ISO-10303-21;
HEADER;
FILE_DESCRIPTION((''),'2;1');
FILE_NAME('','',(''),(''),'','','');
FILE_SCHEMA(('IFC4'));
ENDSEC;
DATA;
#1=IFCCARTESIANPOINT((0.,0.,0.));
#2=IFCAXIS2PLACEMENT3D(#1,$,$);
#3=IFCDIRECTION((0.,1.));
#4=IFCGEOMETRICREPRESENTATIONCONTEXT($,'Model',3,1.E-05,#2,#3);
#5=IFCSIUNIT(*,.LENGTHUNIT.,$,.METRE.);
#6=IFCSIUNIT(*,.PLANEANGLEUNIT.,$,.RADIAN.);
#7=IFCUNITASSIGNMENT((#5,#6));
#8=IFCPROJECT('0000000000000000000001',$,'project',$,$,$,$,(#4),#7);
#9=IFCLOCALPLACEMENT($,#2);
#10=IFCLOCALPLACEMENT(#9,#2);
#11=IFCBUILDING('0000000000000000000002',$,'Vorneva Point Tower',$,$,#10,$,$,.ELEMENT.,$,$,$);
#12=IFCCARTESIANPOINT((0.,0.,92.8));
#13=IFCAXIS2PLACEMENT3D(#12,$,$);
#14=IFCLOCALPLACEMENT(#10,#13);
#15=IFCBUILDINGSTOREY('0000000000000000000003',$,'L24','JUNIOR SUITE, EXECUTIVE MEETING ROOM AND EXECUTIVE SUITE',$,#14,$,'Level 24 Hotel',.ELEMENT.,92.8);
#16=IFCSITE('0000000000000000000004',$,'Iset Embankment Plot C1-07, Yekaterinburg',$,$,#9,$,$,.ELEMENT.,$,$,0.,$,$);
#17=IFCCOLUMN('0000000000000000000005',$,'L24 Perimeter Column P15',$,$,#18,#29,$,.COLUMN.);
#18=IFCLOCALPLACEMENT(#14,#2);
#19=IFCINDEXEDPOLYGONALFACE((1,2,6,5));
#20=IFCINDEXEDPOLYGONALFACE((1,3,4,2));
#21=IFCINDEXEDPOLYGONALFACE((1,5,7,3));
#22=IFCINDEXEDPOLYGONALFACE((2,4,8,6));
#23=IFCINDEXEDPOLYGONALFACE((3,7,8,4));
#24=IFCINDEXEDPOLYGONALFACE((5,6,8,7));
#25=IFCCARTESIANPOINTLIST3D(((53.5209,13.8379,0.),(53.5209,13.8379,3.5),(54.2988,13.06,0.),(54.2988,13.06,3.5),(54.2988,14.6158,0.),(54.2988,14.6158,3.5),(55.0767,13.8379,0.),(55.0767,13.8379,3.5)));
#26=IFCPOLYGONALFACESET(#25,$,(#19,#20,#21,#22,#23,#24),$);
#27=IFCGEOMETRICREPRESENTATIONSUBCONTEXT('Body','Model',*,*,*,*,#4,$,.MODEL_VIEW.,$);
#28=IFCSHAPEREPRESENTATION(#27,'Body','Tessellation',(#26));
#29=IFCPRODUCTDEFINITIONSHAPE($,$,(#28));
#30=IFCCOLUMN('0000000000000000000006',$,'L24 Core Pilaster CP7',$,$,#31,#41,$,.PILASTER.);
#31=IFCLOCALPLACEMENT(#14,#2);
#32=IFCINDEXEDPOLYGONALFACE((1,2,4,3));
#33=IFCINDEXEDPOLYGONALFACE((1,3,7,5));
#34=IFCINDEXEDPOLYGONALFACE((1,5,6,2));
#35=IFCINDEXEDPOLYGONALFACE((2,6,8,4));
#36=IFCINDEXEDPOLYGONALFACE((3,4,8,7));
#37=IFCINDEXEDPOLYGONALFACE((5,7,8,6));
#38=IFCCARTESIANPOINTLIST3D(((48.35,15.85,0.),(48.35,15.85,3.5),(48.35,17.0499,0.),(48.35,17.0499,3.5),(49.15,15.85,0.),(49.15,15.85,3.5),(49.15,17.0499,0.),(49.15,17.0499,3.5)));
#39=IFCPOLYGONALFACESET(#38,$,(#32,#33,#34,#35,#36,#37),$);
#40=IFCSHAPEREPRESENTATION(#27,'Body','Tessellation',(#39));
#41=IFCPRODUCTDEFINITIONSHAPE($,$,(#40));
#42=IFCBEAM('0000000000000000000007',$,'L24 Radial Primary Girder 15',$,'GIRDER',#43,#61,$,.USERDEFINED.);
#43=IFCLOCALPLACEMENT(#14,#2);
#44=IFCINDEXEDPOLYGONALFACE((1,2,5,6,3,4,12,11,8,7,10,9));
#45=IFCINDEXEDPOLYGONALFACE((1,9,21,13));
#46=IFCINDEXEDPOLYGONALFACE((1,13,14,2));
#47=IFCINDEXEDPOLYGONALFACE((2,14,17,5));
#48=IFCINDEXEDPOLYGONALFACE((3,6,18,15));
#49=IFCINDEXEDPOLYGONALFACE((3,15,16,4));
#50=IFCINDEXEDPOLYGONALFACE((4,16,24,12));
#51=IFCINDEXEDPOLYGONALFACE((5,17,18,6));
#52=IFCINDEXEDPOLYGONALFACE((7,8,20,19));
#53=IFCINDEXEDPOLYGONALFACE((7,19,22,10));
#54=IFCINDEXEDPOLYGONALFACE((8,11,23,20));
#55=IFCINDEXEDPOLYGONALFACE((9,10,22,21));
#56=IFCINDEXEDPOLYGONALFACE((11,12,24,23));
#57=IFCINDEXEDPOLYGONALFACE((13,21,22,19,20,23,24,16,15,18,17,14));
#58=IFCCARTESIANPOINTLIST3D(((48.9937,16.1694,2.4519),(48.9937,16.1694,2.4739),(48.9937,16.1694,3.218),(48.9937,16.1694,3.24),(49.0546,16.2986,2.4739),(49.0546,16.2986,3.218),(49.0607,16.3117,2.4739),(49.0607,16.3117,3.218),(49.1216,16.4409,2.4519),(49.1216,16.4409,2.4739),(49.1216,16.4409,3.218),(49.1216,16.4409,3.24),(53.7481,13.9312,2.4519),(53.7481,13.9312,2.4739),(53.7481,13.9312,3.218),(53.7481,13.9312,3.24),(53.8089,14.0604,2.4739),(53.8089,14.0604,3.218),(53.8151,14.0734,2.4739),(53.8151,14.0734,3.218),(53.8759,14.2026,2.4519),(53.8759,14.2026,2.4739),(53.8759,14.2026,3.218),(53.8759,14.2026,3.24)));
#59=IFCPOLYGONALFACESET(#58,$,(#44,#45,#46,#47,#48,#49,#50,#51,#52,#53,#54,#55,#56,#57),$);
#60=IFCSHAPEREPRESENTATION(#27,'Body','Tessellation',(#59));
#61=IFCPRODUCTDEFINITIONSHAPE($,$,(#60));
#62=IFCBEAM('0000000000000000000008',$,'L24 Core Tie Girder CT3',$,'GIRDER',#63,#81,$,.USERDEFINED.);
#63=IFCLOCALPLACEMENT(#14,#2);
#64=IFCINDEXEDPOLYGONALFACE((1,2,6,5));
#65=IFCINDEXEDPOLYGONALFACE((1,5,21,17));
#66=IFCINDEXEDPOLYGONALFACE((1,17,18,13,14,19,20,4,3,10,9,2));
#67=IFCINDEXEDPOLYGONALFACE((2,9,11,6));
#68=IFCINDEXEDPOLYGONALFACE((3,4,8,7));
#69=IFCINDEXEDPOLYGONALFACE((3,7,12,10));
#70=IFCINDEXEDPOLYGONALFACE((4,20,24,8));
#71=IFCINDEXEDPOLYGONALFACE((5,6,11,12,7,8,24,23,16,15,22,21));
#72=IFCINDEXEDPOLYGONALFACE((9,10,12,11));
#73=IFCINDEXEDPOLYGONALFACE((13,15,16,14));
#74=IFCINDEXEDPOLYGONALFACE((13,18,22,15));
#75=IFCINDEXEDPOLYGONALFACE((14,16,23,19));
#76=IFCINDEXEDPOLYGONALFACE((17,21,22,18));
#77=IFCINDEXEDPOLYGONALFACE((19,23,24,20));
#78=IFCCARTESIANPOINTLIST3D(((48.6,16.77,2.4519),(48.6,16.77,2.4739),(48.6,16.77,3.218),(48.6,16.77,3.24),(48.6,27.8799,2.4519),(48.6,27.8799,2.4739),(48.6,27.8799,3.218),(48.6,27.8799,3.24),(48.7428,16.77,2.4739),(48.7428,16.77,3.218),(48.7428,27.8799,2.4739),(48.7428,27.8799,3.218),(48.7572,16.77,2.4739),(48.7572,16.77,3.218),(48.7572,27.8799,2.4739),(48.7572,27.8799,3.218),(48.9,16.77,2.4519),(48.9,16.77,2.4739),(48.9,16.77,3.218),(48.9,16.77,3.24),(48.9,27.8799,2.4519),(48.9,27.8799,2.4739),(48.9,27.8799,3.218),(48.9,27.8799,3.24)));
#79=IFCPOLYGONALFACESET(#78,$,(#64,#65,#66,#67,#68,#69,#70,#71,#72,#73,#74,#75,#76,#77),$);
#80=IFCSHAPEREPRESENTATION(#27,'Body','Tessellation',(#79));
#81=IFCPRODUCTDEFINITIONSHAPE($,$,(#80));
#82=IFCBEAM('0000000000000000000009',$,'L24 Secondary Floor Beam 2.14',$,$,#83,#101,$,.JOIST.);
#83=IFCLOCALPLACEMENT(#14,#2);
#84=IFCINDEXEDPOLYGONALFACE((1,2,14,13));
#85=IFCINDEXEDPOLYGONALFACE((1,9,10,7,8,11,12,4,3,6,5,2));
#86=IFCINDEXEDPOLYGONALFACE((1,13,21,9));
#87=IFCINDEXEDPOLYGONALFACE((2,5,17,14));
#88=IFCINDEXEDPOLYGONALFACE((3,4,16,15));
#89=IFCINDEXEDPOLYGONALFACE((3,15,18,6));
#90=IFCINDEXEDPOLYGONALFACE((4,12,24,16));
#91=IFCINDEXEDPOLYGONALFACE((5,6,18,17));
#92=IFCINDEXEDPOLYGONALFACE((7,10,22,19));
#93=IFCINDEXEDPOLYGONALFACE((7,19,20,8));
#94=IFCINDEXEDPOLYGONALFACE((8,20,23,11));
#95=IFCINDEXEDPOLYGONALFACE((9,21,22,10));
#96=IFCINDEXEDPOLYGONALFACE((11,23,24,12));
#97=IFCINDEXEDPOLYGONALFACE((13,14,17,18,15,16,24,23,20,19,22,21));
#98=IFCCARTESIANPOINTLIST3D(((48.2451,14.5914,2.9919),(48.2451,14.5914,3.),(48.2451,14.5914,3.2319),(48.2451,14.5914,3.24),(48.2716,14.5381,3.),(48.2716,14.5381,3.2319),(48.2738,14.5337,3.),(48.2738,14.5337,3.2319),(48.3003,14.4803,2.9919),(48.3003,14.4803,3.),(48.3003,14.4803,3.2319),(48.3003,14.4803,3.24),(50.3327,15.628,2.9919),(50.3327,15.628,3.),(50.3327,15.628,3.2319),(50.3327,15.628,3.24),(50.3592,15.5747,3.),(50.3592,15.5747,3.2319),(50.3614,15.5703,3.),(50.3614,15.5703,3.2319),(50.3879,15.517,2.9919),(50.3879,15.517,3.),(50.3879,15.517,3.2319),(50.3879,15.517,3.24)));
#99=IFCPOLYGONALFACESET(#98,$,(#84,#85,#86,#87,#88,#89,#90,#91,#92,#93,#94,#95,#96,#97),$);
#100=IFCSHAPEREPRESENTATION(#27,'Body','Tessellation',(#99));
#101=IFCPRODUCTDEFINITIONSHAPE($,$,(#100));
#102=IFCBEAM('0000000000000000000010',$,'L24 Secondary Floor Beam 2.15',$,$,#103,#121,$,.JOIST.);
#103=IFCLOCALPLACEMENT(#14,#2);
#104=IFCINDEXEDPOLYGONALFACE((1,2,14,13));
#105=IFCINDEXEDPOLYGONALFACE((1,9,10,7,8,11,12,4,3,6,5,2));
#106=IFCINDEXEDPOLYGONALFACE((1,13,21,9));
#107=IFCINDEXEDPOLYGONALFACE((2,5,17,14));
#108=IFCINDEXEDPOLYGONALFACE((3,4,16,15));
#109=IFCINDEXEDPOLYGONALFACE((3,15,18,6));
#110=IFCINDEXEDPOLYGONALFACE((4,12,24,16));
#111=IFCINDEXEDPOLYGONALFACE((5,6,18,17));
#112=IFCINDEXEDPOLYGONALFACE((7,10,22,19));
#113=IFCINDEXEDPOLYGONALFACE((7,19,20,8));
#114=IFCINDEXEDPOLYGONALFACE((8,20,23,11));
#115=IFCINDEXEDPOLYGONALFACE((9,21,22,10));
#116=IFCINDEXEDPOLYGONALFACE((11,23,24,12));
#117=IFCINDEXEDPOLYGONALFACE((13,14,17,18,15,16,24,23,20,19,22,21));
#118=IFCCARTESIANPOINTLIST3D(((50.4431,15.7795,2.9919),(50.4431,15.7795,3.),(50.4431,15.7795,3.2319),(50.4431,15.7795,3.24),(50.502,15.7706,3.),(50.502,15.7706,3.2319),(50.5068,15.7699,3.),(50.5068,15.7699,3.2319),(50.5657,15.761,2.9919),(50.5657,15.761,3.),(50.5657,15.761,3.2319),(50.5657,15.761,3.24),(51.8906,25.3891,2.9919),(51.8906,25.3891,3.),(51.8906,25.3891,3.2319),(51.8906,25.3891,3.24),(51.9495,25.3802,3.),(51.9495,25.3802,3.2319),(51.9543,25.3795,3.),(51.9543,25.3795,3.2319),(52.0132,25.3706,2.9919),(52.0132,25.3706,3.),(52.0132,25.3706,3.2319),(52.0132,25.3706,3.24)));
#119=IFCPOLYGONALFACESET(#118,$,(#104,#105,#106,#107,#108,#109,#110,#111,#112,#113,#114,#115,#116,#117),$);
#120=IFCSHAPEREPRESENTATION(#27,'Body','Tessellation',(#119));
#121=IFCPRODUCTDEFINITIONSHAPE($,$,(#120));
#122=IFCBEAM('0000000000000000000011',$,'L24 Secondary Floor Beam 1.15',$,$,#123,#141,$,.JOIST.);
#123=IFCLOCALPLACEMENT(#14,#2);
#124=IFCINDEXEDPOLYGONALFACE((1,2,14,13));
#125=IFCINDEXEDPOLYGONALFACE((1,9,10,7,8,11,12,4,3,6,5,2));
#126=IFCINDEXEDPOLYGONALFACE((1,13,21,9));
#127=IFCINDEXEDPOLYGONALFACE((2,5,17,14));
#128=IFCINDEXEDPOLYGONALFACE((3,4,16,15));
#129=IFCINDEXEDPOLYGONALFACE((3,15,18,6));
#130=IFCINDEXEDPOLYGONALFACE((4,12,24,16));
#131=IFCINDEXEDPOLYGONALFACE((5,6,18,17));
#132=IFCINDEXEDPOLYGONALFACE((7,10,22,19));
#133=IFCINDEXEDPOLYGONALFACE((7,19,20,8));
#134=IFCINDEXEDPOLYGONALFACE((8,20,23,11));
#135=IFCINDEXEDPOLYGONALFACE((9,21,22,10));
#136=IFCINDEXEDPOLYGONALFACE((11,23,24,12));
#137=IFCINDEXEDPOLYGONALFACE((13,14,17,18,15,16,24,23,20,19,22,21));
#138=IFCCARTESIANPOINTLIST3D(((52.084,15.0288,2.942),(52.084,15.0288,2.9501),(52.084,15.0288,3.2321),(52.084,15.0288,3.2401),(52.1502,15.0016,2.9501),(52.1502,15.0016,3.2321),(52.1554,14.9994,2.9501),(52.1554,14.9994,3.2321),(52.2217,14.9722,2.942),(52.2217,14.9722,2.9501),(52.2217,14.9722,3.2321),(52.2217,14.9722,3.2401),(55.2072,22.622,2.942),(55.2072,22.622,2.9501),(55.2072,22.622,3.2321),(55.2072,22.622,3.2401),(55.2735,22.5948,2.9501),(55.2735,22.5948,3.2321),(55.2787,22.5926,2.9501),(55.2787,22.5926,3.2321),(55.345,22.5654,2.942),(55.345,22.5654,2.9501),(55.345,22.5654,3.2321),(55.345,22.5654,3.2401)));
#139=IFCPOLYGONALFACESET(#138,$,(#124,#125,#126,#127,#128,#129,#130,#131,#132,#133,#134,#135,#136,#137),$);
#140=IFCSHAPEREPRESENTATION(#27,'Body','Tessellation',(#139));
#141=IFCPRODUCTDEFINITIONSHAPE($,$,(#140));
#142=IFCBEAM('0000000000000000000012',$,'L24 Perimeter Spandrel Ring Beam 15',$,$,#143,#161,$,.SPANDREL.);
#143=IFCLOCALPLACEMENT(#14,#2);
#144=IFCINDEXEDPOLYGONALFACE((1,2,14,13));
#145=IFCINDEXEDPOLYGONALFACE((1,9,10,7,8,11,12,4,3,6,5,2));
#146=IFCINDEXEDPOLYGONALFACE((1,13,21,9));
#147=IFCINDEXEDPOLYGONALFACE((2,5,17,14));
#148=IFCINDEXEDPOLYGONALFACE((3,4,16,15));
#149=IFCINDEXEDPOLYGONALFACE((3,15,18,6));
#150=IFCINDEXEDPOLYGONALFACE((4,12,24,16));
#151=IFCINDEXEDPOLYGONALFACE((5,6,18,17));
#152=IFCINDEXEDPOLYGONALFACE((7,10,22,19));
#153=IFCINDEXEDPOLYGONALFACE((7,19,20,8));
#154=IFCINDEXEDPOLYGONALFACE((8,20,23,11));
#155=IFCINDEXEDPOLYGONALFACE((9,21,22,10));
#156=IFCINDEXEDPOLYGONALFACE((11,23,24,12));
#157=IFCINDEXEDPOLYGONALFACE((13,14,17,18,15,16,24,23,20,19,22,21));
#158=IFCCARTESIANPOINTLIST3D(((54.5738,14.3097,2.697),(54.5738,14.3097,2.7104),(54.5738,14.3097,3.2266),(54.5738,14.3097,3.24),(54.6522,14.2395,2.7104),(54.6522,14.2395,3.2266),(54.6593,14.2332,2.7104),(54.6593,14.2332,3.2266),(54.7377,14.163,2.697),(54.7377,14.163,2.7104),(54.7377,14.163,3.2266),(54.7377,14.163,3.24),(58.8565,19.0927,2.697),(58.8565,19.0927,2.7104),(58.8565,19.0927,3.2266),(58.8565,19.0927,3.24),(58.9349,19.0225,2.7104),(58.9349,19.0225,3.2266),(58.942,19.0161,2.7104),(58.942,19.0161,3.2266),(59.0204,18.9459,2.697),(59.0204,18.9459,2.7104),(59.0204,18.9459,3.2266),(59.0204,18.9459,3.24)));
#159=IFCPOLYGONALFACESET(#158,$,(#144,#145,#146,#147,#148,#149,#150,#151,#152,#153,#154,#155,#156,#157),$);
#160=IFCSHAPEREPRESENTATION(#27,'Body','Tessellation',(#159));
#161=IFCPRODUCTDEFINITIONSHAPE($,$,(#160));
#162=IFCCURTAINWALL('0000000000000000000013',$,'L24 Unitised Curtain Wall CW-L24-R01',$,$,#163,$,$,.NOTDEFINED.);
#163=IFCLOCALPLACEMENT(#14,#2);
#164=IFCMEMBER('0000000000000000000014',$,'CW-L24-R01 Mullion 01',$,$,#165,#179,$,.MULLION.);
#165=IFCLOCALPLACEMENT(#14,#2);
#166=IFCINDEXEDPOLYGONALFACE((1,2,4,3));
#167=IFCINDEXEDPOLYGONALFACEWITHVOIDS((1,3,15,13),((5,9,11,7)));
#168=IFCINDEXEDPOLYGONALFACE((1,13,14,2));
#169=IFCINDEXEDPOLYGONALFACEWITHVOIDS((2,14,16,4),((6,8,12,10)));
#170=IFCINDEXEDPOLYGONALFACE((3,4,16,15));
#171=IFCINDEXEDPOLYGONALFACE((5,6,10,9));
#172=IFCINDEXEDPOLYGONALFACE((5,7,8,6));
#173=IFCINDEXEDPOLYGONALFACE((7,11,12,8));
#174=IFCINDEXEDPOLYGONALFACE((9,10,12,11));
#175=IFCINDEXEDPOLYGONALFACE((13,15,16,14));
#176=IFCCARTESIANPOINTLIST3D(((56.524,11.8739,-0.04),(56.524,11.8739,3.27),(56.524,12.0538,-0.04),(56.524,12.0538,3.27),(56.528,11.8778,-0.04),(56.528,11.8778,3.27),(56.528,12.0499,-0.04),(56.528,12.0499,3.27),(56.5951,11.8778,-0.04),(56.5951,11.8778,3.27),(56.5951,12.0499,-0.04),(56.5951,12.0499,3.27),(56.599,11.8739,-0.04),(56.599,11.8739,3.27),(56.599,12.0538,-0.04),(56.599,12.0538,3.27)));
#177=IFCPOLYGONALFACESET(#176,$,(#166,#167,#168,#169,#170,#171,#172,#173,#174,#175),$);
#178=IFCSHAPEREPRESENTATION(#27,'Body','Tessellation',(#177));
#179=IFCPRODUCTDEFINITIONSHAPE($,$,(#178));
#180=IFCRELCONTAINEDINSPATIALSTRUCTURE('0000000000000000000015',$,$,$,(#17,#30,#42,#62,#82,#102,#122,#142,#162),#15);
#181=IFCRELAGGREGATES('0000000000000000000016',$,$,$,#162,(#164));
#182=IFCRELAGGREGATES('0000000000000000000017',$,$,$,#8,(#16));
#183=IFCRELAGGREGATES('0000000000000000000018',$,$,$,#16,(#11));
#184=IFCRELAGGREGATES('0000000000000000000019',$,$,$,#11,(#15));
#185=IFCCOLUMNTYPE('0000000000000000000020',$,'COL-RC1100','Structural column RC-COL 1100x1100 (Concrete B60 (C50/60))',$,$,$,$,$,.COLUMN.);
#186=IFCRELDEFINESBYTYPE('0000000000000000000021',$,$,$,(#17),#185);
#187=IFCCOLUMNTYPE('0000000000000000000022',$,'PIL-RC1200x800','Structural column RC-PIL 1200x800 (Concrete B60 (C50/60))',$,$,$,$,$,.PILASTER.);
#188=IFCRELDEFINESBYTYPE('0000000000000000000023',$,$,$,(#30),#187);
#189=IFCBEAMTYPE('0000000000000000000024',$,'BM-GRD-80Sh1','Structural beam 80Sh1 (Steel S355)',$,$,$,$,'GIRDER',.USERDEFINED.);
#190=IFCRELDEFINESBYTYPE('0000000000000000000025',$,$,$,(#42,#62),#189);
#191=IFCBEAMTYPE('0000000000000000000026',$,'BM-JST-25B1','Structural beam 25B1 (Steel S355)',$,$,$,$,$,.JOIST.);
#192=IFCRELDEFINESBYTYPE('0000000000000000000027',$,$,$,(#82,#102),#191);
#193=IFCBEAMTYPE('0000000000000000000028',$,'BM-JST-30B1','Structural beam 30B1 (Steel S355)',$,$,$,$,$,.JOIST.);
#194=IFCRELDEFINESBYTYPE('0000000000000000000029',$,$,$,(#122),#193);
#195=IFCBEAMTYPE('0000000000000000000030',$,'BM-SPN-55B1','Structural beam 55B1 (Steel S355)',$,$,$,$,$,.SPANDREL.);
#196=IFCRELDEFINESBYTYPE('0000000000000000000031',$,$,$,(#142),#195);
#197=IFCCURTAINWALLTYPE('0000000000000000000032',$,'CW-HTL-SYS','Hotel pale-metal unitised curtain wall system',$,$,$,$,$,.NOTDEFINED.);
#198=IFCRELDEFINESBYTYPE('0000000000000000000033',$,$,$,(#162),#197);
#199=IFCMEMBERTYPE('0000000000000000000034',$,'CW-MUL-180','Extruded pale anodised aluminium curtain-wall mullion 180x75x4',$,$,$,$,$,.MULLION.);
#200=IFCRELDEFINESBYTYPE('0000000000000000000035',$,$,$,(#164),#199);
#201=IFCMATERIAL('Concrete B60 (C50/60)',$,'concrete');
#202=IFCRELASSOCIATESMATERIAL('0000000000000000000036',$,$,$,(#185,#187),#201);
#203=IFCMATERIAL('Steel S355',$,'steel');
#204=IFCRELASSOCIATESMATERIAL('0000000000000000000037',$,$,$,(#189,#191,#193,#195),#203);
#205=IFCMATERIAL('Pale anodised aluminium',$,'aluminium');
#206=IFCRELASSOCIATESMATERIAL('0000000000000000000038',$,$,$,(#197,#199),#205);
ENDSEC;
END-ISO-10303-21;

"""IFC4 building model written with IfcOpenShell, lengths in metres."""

from ifc_helpers import new_model, si_unit, direction, frame, origin, origin_2d, place, context, subcontext, project, spatial, rectangle, hollow_rectangle, i_section, extrude, material, material_profile, profile_set, type_object, element, aggregate, save


model = new_model("IFC4")

# Units and contexts
model_context = context("Model", 3, precision=1e-05, world=origin(), true_north=direction((0.0, 1.0)))
body_context = subcontext(model_context, "Body", "Model", "MODEL_VIEW")
ifc_project = project(units=[si_unit("LENGTHUNIT", "METRE"), si_unit("PLANEANGLEUNIT", "RADIAN")], contexts=[model_context])

# Site, building, storey
site_placement = place(None, origin())
site = spatial("IfcSite", under=ifc_project, at=site_placement, Name="Iset Embankment Plot C1-07, Yekaterinburg", CompositionType="ELEMENT", RefElevation=0.0)
building_placement = place(site_placement, origin())
building = spatial("IfcBuilding", under=site, at=building_placement, Name="Vorneva Point Tower", CompositionType="ELEMENT")
storey_placement = place(building_placement, frame((0.0, 0.0, 92.8)))
storey = spatial("IfcBuildingStorey", under=building, at=storey_placement, Name="L24", Description="JUNIOR SUITE, EXECUTIVE MEETING ROOM AND EXECUTIVE SUITE", LongName="Level 24 Hotel", CompositionType="ELEMENT", Elevation=92.8)

# Columns
ifc_material_1 = material(Name="Concrete B60 (C50/60)", Category="concrete")
ifc_material_profile_1 = material_profile(ifc_material_1, rectangle(XDim=1.1001, YDim=1.1001, at=origin_2d()), Name="RC-COL 1100x1100")
ifc_profile_set_1 = profile_set([ifc_material_profile_1], Name="Concrete B60 (C50/60)")
column_type_1 = type_object("IfcColumnType", Name="COL-RC1100", Description="Structural column RC-COL 1100x1100 (Concrete B60 (C50/60))", PredefinedType="COLUMN", material=ifc_profile_set_1)
column_1_placement = place(storey_placement, frame((54.2988, 13.8379, 0.0), z_axis=(0.0, 0.0, 1.0), x_axis=(0.707107, -0.707107, 0.0)))
element("IfcColumn", 1, at=column_1_placement, inside=storey, type_object=column_type_1, Name="L24 Perimeter Column P15", PredefinedType="COLUMN", context=body_context, shape_type="SweptSolid", body=[
    extrude(rectangle(XDim=1.1001, YDim=1.1001, at=origin_2d()), origin(), (0.0, 0.0, 1.0), 3.5),
])
ifc_material_profile_2 = material_profile(ifc_material_1, rectangle(XDim=0.8, YDim=1.2, at=origin_2d()), Name="RC-PIL 1200x800")
ifc_profile_set_2 = profile_set([ifc_material_profile_2], Name="Concrete B60 (C50/60)")
column_type_2 = type_object("IfcColumnType", Name="PIL-RC1200x800", Description="Structural column RC-PIL 1200x800 (Concrete B60 (C50/60))", PredefinedType="PILASTER", material=ifc_profile_set_2)
column_2_placement = place(storey_placement, frame((48.75, 16.45, 0.0), z_axis=(0.0, 0.0, 1.0), x_axis=(1.0, 0.0, 0.0)))
element("IfcColumn", 2, at=column_2_placement, inside=storey, type_object=column_type_2, Name="L24 Core Pilaster CP7", PredefinedType="PILASTER", context=body_context, shape_type="SweptSolid", body=[
    extrude(rectangle(XDim=0.8, YDim=1.2, at=origin_2d()), origin(), (0.0, 0.0, 1.0), 3.5),
])

# Beams
ifc_material_2 = material(Name="Steel S355", Category="steel")
ifc_material_profile_3 = material_profile(ifc_material_2, i_section(OverallWidth=0.3, OverallDepth=0.7881, WebThickness=0.0144, FlangeThickness=0.022, at=origin_2d()), Name="80Sh1")
ifc_profile_set_3 = profile_set([ifc_material_profile_3], Name="Steel S355")
beam_type_1 = type_object("IfcBeamType", Name="BM-GRD-80Sh1", Description="Structural beam 80Sh1 (Steel S355)", ElementType="GIRDER", PredefinedType="USERDEFINED", material=ifc_profile_set_3)
beam_1_placement = place(storey_placement, frame((53.812, 14.0669, 2.8459), z_axis=(-0.904751, 0.42594, 0.0), x_axis=(-0.42594, -0.904751, 0.0)))
element("IfcBeam", 3, at=beam_1_placement, inside=storey, type_object=beam_type_1, Name="L24 Radial Primary Girder 15", ObjectType="GIRDER", PredefinedType="USERDEFINED", context=body_context, shape_type="SweptSolid", body=[
    extrude(i_section(OverallWidth=0.3, OverallDepth=0.7881, WebThickness=0.0144, FlangeThickness=0.022, at=origin_2d()), origin(), (0.0, 0.0, 1.0), 5.2549),
])
beam_2_placement = place(storey_placement, frame((48.75, 16.77, 2.8459), z_axis=(0.0, 1.0, 0.0), x_axis=(-1.0, 0.0, 0.0)))
element("IfcBeam", 4, at=beam_2_placement, inside=storey, type_object=beam_type_1, Name="L24 Core Tie Girder CT3", ObjectType="GIRDER", PredefinedType="USERDEFINED", context=body_context, shape_type="SweptSolid", body=[
    extrude(i_section(OverallWidth=0.3, OverallDepth=0.7881, WebThickness=0.0144, FlangeThickness=0.022, at=origin_2d()), origin(), (0.0, 0.0, 1.0), 11.1099),
])
ifc_material_profile_4 = material_profile(ifc_material_2, i_section(OverallWidth=0.124, OverallDepth=0.248, WebThickness=0.0049, FlangeThickness=0.0081, at=origin_2d()), Name="25B1")
ifc_profile_set_4 = profile_set([ifc_material_profile_4], Name="Steel S355")
beam_type_2 = type_object("IfcBeamType", Name="BM-JST-25B1", Description="Structural beam 25B1 (Steel S355)", PredefinedType="JOIST", material=ifc_profile_set_4)
beam_3_placement = place(storey_placement, frame((48.2727, 14.5359, 3.116), z_axis=(0.89566, 0.44474, 0.0), x_axis=(-0.44474, 0.89566, 0.0)))
element("IfcBeam", 5, at=beam_3_placement, inside=storey, type_object=beam_type_2, Name="L24 Secondary Floor Beam 2.14", PredefinedType="JOIST", context=body_context, shape_type="SweptSolid", body=[
    extrude(i_section(OverallWidth=0.124, OverallDepth=0.248, WebThickness=0.0049, FlangeThickness=0.0081, at=origin_2d()), origin(), (0.0, 0.0, 1.0), 2.3308),
])
beam_4_placement = place(storey_placement, frame((50.5044, 15.7703, 3.116), z_axis=(0.148951, 0.988845, 0.0), x_axis=(-0.988845, 0.148951, 0.0)))
element("IfcBeam", 6, at=beam_4_placement, inside=storey, type_object=beam_type_2, Name="L24 Secondary Floor Beam 2.15", PredefinedType="JOIST", context=body_context, shape_type="SweptSolid", body=[
    extrude(i_section(OverallWidth=0.124, OverallDepth=0.248, WebThickness=0.0049, FlangeThickness=0.0081, at=origin_2d()), origin(), (0.0, 0.0, 1.0), 9.718),
])
ifc_material_profile_5 = material_profile(ifc_material_2, i_section(OverallWidth=0.1489, OverallDepth=0.2981, WebThickness=0.0056, FlangeThickness=0.0081, at=origin_2d()), Name="30B1")
ifc_profile_set_5 = profile_set([ifc_material_profile_5], Name="Steel S355")
beam_type_3 = type_object("IfcBeamType", Name="BM-JST-30B1", Description="Structural beam 30B1 (Steel S355)", PredefinedType="JOIST", material=ifc_profile_set_5)
beam_5_placement = place(storey_placement, frame((52.1528, 15.0005, 3.0911), z_axis=(0.380401, 0.924822, 0.0), x_axis=(-0.924822, 0.380401, 0.0)))
element("IfcBeam", 7, at=beam_5_placement, inside=storey, type_object=beam_type_3, Name="L24 Secondary Floor Beam 1.15", PredefinedType="JOIST", context=body_context, shape_type="SweptSolid", body=[
    extrude(i_section(OverallWidth=0.1489, OverallDepth=0.2981, WebThickness=0.0056, FlangeThickness=0.0081, at=origin_2d()), origin(), (0.0, 0.0, 1.0), 8.2104),
])
ifc_material_profile_6 = material_profile(ifc_material_2, i_section(OverallWidth=0.22, OverallDepth=0.543, WebThickness=0.0095, FlangeThickness=0.0134, at=origin_2d()), Name="55B1")
ifc_profile_set_6 = profile_set([ifc_material_profile_6], Name="Steel S355")
beam_type_4 = type_object("IfcBeamType", Name="BM-SPN-55B1", Description="Structural beam 55B1 (Steel S355)", PredefinedType="SPANDREL", material=ifc_profile_set_6)
beam_6_placement = place(storey_placement, frame((54.6558, 14.2363, 2.9685), z_axis=(0.667074, 0.744992, 0.0), x_axis=(-0.744992, 0.667074, 0.0)))
element("IfcBeam", 8, at=beam_6_placement, inside=storey, type_object=beam_type_4, Name="L24 Perimeter Spandrel Ring Beam 15", PredefinedType="SPANDREL", context=body_context, shape_type="SweptSolid", body=[
    extrude(i_section(OverallWidth=0.22, OverallDepth=0.543, WebThickness=0.0095, FlangeThickness=0.0134, at=origin_2d()), origin(), (0.0, 0.0, 1.0), 6.4202),
])

# Curtain wall, member
ifc_material_3 = material(Name="Pale anodised aluminium", Category="aluminium")
curtain_wall_type = type_object("IfcCurtainWallType", Name="CW-HTL-SYS", Description="Hotel pale-metal unitised curtain wall system", PredefinedType="NOTDEFINED", material=ifc_material_3)
curtain_wall_1_placement = place(storey_placement, origin())
curtain_wall_1 = element("IfcCurtainWall", 9, at=curtain_wall_1_placement, inside=storey, type_object=curtain_wall_type, Name="L24 Unitised Curtain Wall CW-L24-R01", PredefinedType="NOTDEFINED")
ifc_material_profile_7 = material_profile(ifc_material_3, hollow_rectangle(XDim=0.075, YDim=0.1799, WallThickness=0.0039, at=origin_2d()), Name="AL-MUL 180x75x4")
ifc_profile_set_7 = profile_set([ifc_material_profile_7], Name="Pale anodised aluminium")
member_type_1 = type_object("IfcMemberType", Name="CW-MUL-180", Description="Extruded pale anodised aluminium curtain-wall mullion 180x75x4", PredefinedType="MULLION", material=ifc_profile_set_7)
member_1_placement = place(storey_placement, frame((56.5615, 11.9639, -0.04), z_axis=(0.0, 0.0, 1.0), x_axis=(1.0, 0.0, 0.0)))
member_1 = element("IfcMember", 10, at=member_1_placement, type_object=member_type_1, Name="CW-L24-R01 Mullion 01", PredefinedType="MULLION", context=body_context, shape_type="SweptSolid", body=[
    extrude(hollow_rectangle(XDim=0.075, YDim=0.1799, WallThickness=0.0039, at=origin_2d()), origin(), (0.0, 0.0, 1.0), 3.3101),
])

aggregate(curtain_wall_1, [member_1])

save(model, "model.ifc")
